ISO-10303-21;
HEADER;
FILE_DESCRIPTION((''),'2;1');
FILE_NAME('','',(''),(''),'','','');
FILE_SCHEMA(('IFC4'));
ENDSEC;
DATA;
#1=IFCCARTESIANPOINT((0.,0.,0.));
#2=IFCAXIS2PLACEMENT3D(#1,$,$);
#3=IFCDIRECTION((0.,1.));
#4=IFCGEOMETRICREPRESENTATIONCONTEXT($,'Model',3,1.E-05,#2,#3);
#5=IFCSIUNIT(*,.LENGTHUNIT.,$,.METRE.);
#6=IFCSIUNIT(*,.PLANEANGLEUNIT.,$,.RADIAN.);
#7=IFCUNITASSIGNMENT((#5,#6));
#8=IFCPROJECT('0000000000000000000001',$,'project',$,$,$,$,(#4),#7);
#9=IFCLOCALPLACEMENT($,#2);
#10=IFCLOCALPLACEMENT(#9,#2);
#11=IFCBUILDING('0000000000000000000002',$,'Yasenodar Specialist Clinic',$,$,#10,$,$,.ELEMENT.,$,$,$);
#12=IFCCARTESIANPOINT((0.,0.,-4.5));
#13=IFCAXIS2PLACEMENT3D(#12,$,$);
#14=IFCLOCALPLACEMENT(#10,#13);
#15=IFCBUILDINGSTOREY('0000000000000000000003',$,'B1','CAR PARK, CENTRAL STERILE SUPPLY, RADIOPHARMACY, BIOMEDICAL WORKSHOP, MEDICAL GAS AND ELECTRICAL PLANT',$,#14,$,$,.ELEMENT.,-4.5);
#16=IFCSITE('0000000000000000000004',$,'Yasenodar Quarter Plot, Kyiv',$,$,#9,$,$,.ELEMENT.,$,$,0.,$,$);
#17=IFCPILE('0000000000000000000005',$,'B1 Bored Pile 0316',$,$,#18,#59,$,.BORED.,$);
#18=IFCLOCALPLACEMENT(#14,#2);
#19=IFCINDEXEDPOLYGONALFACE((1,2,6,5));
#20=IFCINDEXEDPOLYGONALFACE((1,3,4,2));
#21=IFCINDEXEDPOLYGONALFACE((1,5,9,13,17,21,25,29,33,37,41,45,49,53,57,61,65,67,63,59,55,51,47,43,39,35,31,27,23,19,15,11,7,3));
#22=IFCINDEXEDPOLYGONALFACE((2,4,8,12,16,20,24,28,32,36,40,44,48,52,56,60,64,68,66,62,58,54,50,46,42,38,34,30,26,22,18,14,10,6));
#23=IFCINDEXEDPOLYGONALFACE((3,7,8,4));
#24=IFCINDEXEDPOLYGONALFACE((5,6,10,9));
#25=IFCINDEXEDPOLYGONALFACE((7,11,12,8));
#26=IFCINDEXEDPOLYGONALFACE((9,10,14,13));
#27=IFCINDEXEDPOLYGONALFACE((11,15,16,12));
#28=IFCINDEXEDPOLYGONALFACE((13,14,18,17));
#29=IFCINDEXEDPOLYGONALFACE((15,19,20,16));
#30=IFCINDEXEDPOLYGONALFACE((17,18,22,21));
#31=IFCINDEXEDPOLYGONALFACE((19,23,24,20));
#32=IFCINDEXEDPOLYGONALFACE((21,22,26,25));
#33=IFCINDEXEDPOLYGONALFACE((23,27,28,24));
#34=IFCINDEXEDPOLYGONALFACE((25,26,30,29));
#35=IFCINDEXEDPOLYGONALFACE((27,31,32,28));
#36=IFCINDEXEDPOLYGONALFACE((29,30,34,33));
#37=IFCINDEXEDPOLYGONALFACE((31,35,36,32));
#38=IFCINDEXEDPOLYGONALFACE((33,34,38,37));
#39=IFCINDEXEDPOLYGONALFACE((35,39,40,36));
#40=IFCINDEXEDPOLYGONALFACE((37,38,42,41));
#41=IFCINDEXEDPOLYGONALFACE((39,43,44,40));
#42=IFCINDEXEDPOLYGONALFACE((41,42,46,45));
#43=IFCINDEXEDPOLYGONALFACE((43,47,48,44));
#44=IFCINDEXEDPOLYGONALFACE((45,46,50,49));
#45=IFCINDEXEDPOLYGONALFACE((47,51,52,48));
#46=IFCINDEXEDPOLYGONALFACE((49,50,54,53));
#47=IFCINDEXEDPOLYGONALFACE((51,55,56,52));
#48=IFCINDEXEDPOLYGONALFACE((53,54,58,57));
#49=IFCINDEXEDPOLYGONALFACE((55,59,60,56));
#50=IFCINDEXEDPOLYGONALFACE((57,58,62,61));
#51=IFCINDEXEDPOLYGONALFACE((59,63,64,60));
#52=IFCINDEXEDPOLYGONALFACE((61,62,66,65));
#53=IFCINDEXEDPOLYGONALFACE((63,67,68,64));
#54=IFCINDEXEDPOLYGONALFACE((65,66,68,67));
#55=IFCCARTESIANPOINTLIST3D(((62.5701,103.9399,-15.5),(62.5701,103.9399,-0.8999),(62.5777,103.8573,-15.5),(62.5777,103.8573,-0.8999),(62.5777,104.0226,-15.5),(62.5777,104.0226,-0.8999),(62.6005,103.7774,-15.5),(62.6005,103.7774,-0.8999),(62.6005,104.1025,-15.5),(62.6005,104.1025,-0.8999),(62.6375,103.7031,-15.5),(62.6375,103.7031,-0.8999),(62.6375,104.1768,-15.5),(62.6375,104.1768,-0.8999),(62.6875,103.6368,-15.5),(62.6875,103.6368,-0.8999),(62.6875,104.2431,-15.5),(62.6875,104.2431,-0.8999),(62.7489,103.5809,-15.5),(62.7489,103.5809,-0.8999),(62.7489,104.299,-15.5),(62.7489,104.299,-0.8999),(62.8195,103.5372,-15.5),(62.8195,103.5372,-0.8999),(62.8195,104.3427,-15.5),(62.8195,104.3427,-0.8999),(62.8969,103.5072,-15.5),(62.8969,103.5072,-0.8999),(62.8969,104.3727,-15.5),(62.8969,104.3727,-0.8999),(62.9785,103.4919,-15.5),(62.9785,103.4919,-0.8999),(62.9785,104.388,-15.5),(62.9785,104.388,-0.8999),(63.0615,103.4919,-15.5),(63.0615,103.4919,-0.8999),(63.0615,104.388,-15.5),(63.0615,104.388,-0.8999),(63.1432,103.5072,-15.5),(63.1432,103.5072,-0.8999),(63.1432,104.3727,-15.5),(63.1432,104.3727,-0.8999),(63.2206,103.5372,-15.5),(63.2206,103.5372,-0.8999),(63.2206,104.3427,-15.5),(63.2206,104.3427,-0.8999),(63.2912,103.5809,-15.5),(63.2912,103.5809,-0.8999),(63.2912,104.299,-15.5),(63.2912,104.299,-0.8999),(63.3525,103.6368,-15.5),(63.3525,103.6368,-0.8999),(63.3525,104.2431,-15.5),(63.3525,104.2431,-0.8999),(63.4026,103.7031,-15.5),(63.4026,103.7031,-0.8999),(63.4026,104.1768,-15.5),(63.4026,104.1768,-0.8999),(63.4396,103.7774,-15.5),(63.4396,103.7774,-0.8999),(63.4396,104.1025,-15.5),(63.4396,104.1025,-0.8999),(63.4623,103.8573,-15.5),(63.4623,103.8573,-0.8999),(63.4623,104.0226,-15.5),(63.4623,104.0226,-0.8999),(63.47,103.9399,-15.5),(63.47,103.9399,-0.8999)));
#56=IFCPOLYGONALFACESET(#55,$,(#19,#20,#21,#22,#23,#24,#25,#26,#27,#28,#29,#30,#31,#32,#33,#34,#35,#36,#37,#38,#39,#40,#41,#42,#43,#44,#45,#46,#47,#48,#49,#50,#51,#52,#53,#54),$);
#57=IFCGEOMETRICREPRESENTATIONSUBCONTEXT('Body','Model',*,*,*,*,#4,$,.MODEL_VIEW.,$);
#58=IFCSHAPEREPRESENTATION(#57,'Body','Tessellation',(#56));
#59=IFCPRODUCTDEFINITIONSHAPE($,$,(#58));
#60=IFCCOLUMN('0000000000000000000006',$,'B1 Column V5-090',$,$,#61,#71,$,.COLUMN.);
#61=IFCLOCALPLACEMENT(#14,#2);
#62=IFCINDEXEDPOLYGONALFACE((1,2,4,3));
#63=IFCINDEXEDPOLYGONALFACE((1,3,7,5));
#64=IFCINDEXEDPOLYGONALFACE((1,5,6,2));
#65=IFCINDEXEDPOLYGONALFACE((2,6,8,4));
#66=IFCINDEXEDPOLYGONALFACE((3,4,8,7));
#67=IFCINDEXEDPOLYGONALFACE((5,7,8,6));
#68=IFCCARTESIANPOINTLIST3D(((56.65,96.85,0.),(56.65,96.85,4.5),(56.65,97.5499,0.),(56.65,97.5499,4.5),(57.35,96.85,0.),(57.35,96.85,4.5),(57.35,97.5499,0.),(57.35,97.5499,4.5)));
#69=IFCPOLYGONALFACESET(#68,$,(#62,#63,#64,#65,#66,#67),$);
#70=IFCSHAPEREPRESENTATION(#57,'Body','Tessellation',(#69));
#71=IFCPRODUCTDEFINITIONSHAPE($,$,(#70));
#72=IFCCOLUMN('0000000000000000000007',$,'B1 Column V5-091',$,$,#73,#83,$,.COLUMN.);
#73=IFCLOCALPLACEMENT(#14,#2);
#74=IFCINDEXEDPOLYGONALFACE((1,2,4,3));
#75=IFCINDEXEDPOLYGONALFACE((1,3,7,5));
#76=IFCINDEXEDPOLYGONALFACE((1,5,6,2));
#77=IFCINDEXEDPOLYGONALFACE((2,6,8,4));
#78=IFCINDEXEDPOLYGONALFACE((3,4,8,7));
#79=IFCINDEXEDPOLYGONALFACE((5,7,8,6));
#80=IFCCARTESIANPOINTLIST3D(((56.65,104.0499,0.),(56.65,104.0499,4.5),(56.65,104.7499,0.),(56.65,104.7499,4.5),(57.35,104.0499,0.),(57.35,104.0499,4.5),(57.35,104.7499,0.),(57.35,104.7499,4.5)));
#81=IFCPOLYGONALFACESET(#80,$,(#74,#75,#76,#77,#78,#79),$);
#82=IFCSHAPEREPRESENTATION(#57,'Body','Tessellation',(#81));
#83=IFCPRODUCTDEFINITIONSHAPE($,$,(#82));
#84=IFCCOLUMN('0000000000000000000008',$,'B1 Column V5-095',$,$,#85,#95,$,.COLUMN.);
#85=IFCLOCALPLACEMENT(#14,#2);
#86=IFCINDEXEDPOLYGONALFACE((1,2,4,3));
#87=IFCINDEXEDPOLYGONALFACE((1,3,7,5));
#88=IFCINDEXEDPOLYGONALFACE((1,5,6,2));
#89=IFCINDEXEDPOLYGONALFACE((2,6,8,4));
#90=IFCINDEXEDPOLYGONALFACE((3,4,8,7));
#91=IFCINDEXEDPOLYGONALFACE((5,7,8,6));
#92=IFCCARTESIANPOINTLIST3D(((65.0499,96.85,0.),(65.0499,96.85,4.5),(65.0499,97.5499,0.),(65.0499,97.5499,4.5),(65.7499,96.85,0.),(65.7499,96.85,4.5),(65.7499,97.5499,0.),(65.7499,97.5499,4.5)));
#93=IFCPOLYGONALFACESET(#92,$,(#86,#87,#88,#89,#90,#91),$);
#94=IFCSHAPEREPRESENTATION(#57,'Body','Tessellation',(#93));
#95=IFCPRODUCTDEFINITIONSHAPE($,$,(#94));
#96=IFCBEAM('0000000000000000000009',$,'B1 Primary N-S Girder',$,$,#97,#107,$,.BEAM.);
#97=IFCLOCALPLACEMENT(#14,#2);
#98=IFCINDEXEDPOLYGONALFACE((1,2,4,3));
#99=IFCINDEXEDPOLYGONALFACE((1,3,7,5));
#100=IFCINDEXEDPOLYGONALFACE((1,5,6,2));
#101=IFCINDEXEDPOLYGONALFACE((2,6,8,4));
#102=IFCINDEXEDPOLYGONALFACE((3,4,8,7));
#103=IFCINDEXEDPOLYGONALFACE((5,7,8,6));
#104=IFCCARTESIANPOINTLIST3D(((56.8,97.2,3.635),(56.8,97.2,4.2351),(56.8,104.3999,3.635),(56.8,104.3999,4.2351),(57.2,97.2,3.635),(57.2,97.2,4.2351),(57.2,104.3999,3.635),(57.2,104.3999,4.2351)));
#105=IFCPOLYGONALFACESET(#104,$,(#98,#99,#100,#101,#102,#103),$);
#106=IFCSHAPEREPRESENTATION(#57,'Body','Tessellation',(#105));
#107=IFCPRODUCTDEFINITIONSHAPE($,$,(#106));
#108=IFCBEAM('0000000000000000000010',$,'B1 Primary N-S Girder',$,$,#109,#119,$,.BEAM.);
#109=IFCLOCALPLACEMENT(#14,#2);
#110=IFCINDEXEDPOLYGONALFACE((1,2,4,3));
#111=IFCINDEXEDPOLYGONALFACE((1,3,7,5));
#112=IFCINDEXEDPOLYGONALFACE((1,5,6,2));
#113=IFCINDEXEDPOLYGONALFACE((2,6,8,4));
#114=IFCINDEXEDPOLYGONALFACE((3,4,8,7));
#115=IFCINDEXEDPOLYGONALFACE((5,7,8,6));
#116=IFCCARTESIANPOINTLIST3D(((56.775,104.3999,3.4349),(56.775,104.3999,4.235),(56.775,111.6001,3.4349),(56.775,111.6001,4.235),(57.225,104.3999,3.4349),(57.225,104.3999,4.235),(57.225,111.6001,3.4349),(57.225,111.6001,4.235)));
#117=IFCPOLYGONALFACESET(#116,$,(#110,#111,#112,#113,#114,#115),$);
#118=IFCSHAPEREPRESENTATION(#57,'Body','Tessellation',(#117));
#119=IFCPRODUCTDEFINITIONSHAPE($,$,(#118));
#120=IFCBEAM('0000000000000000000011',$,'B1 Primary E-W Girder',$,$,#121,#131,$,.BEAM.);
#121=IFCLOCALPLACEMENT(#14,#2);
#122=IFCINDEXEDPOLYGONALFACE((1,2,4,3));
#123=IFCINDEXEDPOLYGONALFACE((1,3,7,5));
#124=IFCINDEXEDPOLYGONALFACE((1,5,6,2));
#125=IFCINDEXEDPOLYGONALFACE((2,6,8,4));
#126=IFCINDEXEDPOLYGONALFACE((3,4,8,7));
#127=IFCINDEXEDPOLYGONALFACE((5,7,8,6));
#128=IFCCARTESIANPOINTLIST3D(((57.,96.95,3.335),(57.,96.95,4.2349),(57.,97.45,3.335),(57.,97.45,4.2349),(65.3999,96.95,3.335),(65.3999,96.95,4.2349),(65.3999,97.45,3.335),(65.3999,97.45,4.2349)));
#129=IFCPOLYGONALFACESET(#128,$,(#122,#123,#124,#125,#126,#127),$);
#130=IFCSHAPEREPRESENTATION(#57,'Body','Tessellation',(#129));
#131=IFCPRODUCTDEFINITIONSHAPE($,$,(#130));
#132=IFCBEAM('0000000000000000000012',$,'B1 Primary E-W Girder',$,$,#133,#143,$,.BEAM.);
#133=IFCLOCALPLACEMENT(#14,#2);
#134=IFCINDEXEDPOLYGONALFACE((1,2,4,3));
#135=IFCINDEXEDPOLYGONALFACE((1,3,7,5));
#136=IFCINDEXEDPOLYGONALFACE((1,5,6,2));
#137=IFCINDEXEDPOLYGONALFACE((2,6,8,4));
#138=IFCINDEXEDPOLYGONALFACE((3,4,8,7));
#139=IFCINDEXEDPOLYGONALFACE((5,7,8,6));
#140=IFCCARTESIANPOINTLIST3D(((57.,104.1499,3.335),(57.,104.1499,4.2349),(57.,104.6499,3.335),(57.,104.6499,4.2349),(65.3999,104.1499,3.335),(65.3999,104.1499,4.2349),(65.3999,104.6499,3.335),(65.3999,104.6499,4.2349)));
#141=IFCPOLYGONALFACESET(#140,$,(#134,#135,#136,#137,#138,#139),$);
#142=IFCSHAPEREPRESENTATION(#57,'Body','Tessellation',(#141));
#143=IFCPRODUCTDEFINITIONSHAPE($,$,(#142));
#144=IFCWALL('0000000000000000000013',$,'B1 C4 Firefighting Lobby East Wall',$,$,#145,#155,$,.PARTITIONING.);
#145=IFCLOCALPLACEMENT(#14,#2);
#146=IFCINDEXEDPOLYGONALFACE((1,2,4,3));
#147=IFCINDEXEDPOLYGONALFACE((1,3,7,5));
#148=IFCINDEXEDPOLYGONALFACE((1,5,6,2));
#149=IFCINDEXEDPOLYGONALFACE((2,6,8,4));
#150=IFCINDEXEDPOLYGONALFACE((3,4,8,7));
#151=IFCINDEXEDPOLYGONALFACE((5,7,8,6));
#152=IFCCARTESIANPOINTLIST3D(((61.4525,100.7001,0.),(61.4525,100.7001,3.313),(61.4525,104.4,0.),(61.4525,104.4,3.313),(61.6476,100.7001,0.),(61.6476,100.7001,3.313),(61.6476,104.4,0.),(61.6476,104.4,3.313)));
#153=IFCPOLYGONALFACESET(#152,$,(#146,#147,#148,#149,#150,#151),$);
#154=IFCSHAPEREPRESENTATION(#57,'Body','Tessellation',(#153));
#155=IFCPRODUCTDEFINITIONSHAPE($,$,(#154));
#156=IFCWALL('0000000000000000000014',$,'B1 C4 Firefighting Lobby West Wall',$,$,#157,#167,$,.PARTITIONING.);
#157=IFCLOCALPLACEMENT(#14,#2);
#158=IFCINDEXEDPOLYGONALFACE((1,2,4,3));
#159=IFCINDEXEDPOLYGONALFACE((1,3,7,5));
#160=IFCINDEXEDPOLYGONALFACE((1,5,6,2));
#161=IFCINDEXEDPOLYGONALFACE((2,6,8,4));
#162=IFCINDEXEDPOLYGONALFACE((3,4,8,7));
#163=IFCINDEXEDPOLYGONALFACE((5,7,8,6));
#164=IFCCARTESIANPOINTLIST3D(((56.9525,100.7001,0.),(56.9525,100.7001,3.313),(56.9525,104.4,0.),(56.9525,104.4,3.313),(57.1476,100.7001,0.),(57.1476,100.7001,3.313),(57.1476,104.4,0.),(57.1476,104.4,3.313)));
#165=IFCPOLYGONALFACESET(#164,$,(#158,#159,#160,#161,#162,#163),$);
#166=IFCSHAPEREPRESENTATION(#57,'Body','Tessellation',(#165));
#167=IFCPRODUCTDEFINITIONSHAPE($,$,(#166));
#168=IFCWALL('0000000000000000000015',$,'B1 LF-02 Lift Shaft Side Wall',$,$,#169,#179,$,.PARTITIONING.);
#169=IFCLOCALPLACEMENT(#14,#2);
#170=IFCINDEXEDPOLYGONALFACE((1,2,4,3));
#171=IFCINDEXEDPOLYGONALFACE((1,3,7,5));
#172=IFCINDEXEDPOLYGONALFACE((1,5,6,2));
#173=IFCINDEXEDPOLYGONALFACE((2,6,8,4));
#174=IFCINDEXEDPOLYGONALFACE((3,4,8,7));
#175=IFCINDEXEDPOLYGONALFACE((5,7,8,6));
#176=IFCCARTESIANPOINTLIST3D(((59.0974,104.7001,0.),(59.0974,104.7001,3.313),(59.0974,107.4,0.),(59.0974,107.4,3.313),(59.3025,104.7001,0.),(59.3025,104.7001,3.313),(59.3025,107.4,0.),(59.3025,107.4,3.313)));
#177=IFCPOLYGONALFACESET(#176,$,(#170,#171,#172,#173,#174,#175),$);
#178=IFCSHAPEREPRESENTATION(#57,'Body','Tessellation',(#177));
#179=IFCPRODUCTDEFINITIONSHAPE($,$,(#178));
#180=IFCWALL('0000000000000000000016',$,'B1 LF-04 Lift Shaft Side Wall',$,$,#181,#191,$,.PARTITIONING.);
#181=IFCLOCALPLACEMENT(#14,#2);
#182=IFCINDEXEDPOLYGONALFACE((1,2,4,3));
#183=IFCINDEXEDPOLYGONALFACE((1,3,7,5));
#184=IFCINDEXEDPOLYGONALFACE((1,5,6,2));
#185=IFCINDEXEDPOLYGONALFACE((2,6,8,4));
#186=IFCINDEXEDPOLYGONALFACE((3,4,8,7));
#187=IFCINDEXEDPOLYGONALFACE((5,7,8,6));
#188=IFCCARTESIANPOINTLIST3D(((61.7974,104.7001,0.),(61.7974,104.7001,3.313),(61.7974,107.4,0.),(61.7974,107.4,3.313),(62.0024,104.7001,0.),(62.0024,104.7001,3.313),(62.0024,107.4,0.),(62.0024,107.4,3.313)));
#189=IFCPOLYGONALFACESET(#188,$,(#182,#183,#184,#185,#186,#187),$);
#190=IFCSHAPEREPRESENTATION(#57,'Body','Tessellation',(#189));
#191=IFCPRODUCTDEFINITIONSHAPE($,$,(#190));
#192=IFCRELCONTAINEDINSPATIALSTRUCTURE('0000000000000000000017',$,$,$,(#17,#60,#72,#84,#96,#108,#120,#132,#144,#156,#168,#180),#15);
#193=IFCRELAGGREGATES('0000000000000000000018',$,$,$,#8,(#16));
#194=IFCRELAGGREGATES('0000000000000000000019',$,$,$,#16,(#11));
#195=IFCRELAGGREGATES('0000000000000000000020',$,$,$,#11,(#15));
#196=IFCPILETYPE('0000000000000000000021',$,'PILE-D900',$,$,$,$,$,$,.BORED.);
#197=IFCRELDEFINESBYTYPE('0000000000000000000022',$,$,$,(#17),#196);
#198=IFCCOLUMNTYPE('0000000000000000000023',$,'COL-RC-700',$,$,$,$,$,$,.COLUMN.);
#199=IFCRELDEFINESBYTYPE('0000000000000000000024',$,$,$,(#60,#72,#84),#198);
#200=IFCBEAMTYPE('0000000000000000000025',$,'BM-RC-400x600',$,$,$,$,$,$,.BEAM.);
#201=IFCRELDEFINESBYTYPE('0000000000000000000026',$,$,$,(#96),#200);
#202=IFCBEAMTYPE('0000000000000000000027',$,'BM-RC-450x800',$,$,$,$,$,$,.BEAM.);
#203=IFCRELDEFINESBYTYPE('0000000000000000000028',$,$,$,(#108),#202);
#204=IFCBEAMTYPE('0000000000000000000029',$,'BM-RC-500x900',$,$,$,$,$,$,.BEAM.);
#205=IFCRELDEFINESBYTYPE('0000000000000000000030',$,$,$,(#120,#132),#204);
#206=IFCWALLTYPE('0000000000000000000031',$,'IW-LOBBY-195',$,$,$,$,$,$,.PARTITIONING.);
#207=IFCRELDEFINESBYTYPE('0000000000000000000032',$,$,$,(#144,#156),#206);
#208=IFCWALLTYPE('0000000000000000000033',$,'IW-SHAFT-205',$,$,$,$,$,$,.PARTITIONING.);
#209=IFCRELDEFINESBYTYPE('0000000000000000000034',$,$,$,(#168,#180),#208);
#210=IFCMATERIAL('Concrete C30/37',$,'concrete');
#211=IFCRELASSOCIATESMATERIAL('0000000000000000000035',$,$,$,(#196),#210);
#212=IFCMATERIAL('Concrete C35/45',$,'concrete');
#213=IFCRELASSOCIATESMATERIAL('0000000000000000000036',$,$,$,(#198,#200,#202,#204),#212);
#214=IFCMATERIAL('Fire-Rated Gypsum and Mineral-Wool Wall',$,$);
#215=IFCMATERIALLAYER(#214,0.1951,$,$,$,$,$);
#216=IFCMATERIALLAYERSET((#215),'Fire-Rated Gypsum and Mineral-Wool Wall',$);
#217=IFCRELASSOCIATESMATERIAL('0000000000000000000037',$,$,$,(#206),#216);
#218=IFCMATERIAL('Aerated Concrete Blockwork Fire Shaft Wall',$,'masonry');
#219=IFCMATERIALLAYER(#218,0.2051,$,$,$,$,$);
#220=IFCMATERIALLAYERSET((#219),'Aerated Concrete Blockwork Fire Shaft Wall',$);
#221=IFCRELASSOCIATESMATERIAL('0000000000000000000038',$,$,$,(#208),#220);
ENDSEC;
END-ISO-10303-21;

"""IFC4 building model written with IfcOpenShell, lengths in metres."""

from ifc_helpers import new_model, si_unit, direction, frame, frame_2d, origin, origin_2d, place, context, subcontext, project, spatial, rectangle, circle, extrude, material, layer, layer_set, material_profile, profile_set, type_object, element, save


model = new_model("IFC4")

# Units and contexts
model_context = context("Model", 3, precision=1e-05, world=origin(), true_north=direction((0.0, 1.0)))
body_context = subcontext(model_context, "Body", "Model", "MODEL_VIEW")
ifc_project = project(units=[si_unit("LENGTHUNIT", "METRE"), si_unit("PLANEANGLEUNIT", "RADIAN")], contexts=[model_context])

# Site, building, storey
site_placement = place(None, origin())
site = spatial("IfcSite", under=ifc_project, at=site_placement, Name="Yasenodar Quarter Plot, Kyiv", CompositionType="ELEMENT", RefElevation=0.0)
building_placement = place(site_placement, origin())
building = spatial("IfcBuilding", under=site, at=building_placement, Name="Yasenodar Specialist Clinic", CompositionType="ELEMENT")
storey_placement = place(building_placement, frame((0.0, 0.0, -4.5)))
storey = spatial("IfcBuildingStorey", under=building, at=storey_placement, Name="B1", Description="CAR PARK, CENTRAL STERILE SUPPLY, RADIOPHARMACY, BIOMEDICAL WORKSHOP, MEDICAL GAS AND ELECTRICAL PLANT", CompositionType="ELEMENT", Elevation=-4.5)

# Shared definitions
ifc_material_1 = material(Name="Concrete C35/45", Category="concrete")

# Pile
ifc_material_2 = material(Name="Concrete C30/37", Category="concrete")
ifc_material_profile_1 = material_profile(ifc_material_2, circle(Radius=0.45, at=origin_2d()), Name="PILE D900")
ifc_profile_set_1 = profile_set([ifc_material_profile_1], Name="Concrete C30/37")
pile_type_1 = type_object("IfcPileType", Name="PILE-D900", PredefinedType="BORED", material=ifc_profile_set_1)
for number, where, z_axis, x_axis, name in (
    (1, (63.02, 103.9399, -0.8999), (0.0, 0.0, -1.0), (1.0, 0.0, 0.0), "B1 Bored Pile 0316"),
):
    element("IfcPile", number, at=place(storey_placement, frame(where, z_axis=z_axis, x_axis=x_axis)), inside=storey, type_object=pile_type_1, Name=name, PredefinedType="BORED", context=body_context, shape_type="SweptSolid", body=[
        extrude(circle(Radius=0.45, at=origin_2d()), origin(), (0.0, 0.0, 1.0), 14.6001),
    ])

# Columns
ifc_material_profile_2 = material_profile(ifc_material_1, rectangle(XDim=0.7, YDim=0.7, at=origin_2d()), Name="RC 700x700")
ifc_profile_set_2 = profile_set([ifc_material_profile_2], Name="Concrete C35/45")
column_type = type_object("IfcColumnType", Name="COL-RC-700", PredefinedType="COLUMN", material=ifc_profile_set_2)
for number, where, z_axis, x_axis, name in (
    (2, (57.0, 97.2, 0.0), (0.0, 0.0, 1.0), (1.0, 0.0, 0.0), "B1 Column V5-090"),
    (3, (57.0, 104.3999, 0.0), (0.0, 0.0, 1.0), (1.0, 0.0, 0.0), "B1 Column V5-091"),
    (4, (65.3999, 97.2, 0.0), (0.0, 0.0, 1.0), (1.0, 0.0, 0.0), "B1 Column V5-095"),
):
    element("IfcColumn", number, at=place(storey_placement, frame(where, z_axis=z_axis, x_axis=x_axis)), inside=storey, type_object=column_type, Name=name, PredefinedType="COLUMN", context=body_context, shape_type="SweptSolid", body=[
        extrude(rectangle(XDim=0.7, YDim=0.7, at=origin_2d()), origin(), (0.0, 0.0, 1.0), 4.5),
    ])

# Beams
ifc_material_profile_3 = material_profile(ifc_material_1, rectangle(XDim=0.3999, YDim=0.6001, at=origin_2d()), Name="RC 400x600")
ifc_profile_set_3 = profile_set([ifc_material_profile_3], Name="Concrete C35/45")
beam_type_1 = type_object("IfcBeamType", Name="BM-RC-400x600", PredefinedType="BEAM", material=ifc_profile_set_3)
beam_1_placement = place(storey_placement, frame((57.0, 97.2, 3.9351), z_axis=(0.0, 1.0, 0.0), x_axis=(-1.0, 0.0, 0.0)))
element("IfcBeam", 5, at=beam_1_placement, inside=storey, type_object=beam_type_1, Name="B1 Primary N-S Girder", PredefinedType="BEAM", context=body_context, shape_type="SweptSolid", body=[
    extrude(rectangle(XDim=0.3999, YDim=0.6001, at=origin_2d()), origin(), (0.0, 0.0, 1.0), 7.2),
])
ifc_material_profile_4 = material_profile(ifc_material_1, rectangle(XDim=0.45, YDim=0.8, at=origin_2d()), Name="RC 450x800")
ifc_profile_set_4 = profile_set([ifc_material_profile_4], Name="Concrete C35/45")
beam_type_2 = type_object("IfcBeamType", Name="BM-RC-450x800", PredefinedType="BEAM", material=ifc_profile_set_4)
beam_2_placement = place(storey_placement, frame((57.0, 104.3999, 3.835), z_axis=(0.0, 1.0, 0.0), x_axis=(-1.0, 0.0, 0.0)))
element("IfcBeam", 6, at=beam_2_placement, inside=storey, type_object=beam_type_2, Name="B1 Primary N-S Girder", PredefinedType="BEAM", context=body_context, shape_type="SweptSolid", body=[
    extrude(rectangle(XDim=0.45, YDim=0.8, at=origin_2d()), origin(), (0.0, 0.0, 1.0), 7.2002),
])
ifc_material_profile_5 = material_profile(ifc_material_1, rectangle(XDim=0.5, YDim=0.8999, at=origin_2d()), Name="RC 500x900")
ifc_profile_set_5 = profile_set([ifc_material_profile_5], Name="Concrete C35/45")
beam_type_3 = type_object("IfcBeamType", Name="BM-RC-500x900", PredefinedType="BEAM", material=ifc_profile_set_5)
for number, where, z_axis, x_axis, name in (
    (7, (57.0, 97.2, 3.7849), (1.0, 0.0, 0.0), (0.0, 1.0, 0.0), "B1 Primary E-W Girder"),
    (8, (57.0, 104.3999, 3.7849), (1.0, 0.0, 0.0), (0.0, 1.0, 0.0), "B1 Primary E-W Girder"),
):
    element("IfcBeam", number, at=place(storey_placement, frame(where, z_axis=z_axis, x_axis=x_axis)), inside=storey, type_object=beam_type_3, Name=name, PredefinedType="BEAM", context=body_context, shape_type="SweptSolid", body=[
        extrude(rectangle(XDim=0.5, YDim=0.8999, at=origin_2d()), origin(), (0.0, 0.0, 1.0), 8.3999),
    ])

# Shared definitions
ifc_material_3 = material(Name="Fire-Rated Gypsum and Mineral-Wool Wall")
ifc_layer_1 = layer(ifc_material_3, 0.1951)
ifc_layer_set_1 = layer_set([ifc_layer_1], Name="Fire-Rated Gypsum and Mineral-Wool Wall")
wall_type_1 = type_object("IfcWallType", Name="IW-LOBBY-195", PredefinedType="PARTITIONING", material=ifc_layer_set_1)

# Walls
for number, where, z_axis, x_axis, name in (
    (9, (61.55, 100.7, 0.0), (0.0, 0.0, 1.0), (0.0, 1.0, 0.0), "B1 C4 Firefighting Lobby East Wall"),
    (10, (57.05, 100.7, 0.0), (0.0, 0.0, 1.0), (0.0, 1.0, 0.0), "B1 C4 Firefighting Lobby West Wall"),
):
    element("IfcWall", number, at=place(storey_placement, frame(where, z_axis=z_axis, x_axis=x_axis)), inside=storey, type_object=wall_type_1, Name=name, PredefinedType="PARTITIONING", context=body_context, shape_type="SweptSolid", body=[
        extrude(rectangle(XDim=3.7, YDim=0.1951, at=frame_2d((1.8501, 0.0))), origin(), (0.0, 0.0, 1.0), 3.313),
    ])
ifc_material_4 = material(Name="Aerated Concrete Blockwork Fire Shaft Wall", Category="masonry")
ifc_layer_2 = layer(ifc_material_4, 0.2051)
ifc_layer_set_2 = layer_set([ifc_layer_2], Name="Aerated Concrete Blockwork Fire Shaft Wall")
wall_type_2 = type_object("IfcWallType", Name="IW-SHAFT-205", PredefinedType="PARTITIONING", material=ifc_layer_set_2)
for number, where, z_axis, x_axis, name in (
    (11, (59.2, 104.7, 0.0), (0.0, 0.0, 1.0), (0.0, 1.0, 0.0), "B1 LF-02 Lift Shaft Side Wall"),
    (12, (61.8999, 104.7, 0.0), (0.0, 0.0, 1.0), (0.0, 1.0, 0.0), "B1 LF-04 Lift Shaft Side Wall"),
):
    element("IfcWall", number, at=place(storey_placement, frame(where, z_axis=z_axis, x_axis=x_axis)), inside=storey, type_object=wall_type_2, Name=name, PredefinedType="PARTITIONING", context=body_context, shape_type="SweptSolid", body=[
        extrude(rectangle(XDim=2.7, YDim=0.2051, at=frame_2d((1.3501, 0.0))), origin(), (0.0, 0.0, 1.0), 3.313),
    ])

save(model, "model.ifc")
